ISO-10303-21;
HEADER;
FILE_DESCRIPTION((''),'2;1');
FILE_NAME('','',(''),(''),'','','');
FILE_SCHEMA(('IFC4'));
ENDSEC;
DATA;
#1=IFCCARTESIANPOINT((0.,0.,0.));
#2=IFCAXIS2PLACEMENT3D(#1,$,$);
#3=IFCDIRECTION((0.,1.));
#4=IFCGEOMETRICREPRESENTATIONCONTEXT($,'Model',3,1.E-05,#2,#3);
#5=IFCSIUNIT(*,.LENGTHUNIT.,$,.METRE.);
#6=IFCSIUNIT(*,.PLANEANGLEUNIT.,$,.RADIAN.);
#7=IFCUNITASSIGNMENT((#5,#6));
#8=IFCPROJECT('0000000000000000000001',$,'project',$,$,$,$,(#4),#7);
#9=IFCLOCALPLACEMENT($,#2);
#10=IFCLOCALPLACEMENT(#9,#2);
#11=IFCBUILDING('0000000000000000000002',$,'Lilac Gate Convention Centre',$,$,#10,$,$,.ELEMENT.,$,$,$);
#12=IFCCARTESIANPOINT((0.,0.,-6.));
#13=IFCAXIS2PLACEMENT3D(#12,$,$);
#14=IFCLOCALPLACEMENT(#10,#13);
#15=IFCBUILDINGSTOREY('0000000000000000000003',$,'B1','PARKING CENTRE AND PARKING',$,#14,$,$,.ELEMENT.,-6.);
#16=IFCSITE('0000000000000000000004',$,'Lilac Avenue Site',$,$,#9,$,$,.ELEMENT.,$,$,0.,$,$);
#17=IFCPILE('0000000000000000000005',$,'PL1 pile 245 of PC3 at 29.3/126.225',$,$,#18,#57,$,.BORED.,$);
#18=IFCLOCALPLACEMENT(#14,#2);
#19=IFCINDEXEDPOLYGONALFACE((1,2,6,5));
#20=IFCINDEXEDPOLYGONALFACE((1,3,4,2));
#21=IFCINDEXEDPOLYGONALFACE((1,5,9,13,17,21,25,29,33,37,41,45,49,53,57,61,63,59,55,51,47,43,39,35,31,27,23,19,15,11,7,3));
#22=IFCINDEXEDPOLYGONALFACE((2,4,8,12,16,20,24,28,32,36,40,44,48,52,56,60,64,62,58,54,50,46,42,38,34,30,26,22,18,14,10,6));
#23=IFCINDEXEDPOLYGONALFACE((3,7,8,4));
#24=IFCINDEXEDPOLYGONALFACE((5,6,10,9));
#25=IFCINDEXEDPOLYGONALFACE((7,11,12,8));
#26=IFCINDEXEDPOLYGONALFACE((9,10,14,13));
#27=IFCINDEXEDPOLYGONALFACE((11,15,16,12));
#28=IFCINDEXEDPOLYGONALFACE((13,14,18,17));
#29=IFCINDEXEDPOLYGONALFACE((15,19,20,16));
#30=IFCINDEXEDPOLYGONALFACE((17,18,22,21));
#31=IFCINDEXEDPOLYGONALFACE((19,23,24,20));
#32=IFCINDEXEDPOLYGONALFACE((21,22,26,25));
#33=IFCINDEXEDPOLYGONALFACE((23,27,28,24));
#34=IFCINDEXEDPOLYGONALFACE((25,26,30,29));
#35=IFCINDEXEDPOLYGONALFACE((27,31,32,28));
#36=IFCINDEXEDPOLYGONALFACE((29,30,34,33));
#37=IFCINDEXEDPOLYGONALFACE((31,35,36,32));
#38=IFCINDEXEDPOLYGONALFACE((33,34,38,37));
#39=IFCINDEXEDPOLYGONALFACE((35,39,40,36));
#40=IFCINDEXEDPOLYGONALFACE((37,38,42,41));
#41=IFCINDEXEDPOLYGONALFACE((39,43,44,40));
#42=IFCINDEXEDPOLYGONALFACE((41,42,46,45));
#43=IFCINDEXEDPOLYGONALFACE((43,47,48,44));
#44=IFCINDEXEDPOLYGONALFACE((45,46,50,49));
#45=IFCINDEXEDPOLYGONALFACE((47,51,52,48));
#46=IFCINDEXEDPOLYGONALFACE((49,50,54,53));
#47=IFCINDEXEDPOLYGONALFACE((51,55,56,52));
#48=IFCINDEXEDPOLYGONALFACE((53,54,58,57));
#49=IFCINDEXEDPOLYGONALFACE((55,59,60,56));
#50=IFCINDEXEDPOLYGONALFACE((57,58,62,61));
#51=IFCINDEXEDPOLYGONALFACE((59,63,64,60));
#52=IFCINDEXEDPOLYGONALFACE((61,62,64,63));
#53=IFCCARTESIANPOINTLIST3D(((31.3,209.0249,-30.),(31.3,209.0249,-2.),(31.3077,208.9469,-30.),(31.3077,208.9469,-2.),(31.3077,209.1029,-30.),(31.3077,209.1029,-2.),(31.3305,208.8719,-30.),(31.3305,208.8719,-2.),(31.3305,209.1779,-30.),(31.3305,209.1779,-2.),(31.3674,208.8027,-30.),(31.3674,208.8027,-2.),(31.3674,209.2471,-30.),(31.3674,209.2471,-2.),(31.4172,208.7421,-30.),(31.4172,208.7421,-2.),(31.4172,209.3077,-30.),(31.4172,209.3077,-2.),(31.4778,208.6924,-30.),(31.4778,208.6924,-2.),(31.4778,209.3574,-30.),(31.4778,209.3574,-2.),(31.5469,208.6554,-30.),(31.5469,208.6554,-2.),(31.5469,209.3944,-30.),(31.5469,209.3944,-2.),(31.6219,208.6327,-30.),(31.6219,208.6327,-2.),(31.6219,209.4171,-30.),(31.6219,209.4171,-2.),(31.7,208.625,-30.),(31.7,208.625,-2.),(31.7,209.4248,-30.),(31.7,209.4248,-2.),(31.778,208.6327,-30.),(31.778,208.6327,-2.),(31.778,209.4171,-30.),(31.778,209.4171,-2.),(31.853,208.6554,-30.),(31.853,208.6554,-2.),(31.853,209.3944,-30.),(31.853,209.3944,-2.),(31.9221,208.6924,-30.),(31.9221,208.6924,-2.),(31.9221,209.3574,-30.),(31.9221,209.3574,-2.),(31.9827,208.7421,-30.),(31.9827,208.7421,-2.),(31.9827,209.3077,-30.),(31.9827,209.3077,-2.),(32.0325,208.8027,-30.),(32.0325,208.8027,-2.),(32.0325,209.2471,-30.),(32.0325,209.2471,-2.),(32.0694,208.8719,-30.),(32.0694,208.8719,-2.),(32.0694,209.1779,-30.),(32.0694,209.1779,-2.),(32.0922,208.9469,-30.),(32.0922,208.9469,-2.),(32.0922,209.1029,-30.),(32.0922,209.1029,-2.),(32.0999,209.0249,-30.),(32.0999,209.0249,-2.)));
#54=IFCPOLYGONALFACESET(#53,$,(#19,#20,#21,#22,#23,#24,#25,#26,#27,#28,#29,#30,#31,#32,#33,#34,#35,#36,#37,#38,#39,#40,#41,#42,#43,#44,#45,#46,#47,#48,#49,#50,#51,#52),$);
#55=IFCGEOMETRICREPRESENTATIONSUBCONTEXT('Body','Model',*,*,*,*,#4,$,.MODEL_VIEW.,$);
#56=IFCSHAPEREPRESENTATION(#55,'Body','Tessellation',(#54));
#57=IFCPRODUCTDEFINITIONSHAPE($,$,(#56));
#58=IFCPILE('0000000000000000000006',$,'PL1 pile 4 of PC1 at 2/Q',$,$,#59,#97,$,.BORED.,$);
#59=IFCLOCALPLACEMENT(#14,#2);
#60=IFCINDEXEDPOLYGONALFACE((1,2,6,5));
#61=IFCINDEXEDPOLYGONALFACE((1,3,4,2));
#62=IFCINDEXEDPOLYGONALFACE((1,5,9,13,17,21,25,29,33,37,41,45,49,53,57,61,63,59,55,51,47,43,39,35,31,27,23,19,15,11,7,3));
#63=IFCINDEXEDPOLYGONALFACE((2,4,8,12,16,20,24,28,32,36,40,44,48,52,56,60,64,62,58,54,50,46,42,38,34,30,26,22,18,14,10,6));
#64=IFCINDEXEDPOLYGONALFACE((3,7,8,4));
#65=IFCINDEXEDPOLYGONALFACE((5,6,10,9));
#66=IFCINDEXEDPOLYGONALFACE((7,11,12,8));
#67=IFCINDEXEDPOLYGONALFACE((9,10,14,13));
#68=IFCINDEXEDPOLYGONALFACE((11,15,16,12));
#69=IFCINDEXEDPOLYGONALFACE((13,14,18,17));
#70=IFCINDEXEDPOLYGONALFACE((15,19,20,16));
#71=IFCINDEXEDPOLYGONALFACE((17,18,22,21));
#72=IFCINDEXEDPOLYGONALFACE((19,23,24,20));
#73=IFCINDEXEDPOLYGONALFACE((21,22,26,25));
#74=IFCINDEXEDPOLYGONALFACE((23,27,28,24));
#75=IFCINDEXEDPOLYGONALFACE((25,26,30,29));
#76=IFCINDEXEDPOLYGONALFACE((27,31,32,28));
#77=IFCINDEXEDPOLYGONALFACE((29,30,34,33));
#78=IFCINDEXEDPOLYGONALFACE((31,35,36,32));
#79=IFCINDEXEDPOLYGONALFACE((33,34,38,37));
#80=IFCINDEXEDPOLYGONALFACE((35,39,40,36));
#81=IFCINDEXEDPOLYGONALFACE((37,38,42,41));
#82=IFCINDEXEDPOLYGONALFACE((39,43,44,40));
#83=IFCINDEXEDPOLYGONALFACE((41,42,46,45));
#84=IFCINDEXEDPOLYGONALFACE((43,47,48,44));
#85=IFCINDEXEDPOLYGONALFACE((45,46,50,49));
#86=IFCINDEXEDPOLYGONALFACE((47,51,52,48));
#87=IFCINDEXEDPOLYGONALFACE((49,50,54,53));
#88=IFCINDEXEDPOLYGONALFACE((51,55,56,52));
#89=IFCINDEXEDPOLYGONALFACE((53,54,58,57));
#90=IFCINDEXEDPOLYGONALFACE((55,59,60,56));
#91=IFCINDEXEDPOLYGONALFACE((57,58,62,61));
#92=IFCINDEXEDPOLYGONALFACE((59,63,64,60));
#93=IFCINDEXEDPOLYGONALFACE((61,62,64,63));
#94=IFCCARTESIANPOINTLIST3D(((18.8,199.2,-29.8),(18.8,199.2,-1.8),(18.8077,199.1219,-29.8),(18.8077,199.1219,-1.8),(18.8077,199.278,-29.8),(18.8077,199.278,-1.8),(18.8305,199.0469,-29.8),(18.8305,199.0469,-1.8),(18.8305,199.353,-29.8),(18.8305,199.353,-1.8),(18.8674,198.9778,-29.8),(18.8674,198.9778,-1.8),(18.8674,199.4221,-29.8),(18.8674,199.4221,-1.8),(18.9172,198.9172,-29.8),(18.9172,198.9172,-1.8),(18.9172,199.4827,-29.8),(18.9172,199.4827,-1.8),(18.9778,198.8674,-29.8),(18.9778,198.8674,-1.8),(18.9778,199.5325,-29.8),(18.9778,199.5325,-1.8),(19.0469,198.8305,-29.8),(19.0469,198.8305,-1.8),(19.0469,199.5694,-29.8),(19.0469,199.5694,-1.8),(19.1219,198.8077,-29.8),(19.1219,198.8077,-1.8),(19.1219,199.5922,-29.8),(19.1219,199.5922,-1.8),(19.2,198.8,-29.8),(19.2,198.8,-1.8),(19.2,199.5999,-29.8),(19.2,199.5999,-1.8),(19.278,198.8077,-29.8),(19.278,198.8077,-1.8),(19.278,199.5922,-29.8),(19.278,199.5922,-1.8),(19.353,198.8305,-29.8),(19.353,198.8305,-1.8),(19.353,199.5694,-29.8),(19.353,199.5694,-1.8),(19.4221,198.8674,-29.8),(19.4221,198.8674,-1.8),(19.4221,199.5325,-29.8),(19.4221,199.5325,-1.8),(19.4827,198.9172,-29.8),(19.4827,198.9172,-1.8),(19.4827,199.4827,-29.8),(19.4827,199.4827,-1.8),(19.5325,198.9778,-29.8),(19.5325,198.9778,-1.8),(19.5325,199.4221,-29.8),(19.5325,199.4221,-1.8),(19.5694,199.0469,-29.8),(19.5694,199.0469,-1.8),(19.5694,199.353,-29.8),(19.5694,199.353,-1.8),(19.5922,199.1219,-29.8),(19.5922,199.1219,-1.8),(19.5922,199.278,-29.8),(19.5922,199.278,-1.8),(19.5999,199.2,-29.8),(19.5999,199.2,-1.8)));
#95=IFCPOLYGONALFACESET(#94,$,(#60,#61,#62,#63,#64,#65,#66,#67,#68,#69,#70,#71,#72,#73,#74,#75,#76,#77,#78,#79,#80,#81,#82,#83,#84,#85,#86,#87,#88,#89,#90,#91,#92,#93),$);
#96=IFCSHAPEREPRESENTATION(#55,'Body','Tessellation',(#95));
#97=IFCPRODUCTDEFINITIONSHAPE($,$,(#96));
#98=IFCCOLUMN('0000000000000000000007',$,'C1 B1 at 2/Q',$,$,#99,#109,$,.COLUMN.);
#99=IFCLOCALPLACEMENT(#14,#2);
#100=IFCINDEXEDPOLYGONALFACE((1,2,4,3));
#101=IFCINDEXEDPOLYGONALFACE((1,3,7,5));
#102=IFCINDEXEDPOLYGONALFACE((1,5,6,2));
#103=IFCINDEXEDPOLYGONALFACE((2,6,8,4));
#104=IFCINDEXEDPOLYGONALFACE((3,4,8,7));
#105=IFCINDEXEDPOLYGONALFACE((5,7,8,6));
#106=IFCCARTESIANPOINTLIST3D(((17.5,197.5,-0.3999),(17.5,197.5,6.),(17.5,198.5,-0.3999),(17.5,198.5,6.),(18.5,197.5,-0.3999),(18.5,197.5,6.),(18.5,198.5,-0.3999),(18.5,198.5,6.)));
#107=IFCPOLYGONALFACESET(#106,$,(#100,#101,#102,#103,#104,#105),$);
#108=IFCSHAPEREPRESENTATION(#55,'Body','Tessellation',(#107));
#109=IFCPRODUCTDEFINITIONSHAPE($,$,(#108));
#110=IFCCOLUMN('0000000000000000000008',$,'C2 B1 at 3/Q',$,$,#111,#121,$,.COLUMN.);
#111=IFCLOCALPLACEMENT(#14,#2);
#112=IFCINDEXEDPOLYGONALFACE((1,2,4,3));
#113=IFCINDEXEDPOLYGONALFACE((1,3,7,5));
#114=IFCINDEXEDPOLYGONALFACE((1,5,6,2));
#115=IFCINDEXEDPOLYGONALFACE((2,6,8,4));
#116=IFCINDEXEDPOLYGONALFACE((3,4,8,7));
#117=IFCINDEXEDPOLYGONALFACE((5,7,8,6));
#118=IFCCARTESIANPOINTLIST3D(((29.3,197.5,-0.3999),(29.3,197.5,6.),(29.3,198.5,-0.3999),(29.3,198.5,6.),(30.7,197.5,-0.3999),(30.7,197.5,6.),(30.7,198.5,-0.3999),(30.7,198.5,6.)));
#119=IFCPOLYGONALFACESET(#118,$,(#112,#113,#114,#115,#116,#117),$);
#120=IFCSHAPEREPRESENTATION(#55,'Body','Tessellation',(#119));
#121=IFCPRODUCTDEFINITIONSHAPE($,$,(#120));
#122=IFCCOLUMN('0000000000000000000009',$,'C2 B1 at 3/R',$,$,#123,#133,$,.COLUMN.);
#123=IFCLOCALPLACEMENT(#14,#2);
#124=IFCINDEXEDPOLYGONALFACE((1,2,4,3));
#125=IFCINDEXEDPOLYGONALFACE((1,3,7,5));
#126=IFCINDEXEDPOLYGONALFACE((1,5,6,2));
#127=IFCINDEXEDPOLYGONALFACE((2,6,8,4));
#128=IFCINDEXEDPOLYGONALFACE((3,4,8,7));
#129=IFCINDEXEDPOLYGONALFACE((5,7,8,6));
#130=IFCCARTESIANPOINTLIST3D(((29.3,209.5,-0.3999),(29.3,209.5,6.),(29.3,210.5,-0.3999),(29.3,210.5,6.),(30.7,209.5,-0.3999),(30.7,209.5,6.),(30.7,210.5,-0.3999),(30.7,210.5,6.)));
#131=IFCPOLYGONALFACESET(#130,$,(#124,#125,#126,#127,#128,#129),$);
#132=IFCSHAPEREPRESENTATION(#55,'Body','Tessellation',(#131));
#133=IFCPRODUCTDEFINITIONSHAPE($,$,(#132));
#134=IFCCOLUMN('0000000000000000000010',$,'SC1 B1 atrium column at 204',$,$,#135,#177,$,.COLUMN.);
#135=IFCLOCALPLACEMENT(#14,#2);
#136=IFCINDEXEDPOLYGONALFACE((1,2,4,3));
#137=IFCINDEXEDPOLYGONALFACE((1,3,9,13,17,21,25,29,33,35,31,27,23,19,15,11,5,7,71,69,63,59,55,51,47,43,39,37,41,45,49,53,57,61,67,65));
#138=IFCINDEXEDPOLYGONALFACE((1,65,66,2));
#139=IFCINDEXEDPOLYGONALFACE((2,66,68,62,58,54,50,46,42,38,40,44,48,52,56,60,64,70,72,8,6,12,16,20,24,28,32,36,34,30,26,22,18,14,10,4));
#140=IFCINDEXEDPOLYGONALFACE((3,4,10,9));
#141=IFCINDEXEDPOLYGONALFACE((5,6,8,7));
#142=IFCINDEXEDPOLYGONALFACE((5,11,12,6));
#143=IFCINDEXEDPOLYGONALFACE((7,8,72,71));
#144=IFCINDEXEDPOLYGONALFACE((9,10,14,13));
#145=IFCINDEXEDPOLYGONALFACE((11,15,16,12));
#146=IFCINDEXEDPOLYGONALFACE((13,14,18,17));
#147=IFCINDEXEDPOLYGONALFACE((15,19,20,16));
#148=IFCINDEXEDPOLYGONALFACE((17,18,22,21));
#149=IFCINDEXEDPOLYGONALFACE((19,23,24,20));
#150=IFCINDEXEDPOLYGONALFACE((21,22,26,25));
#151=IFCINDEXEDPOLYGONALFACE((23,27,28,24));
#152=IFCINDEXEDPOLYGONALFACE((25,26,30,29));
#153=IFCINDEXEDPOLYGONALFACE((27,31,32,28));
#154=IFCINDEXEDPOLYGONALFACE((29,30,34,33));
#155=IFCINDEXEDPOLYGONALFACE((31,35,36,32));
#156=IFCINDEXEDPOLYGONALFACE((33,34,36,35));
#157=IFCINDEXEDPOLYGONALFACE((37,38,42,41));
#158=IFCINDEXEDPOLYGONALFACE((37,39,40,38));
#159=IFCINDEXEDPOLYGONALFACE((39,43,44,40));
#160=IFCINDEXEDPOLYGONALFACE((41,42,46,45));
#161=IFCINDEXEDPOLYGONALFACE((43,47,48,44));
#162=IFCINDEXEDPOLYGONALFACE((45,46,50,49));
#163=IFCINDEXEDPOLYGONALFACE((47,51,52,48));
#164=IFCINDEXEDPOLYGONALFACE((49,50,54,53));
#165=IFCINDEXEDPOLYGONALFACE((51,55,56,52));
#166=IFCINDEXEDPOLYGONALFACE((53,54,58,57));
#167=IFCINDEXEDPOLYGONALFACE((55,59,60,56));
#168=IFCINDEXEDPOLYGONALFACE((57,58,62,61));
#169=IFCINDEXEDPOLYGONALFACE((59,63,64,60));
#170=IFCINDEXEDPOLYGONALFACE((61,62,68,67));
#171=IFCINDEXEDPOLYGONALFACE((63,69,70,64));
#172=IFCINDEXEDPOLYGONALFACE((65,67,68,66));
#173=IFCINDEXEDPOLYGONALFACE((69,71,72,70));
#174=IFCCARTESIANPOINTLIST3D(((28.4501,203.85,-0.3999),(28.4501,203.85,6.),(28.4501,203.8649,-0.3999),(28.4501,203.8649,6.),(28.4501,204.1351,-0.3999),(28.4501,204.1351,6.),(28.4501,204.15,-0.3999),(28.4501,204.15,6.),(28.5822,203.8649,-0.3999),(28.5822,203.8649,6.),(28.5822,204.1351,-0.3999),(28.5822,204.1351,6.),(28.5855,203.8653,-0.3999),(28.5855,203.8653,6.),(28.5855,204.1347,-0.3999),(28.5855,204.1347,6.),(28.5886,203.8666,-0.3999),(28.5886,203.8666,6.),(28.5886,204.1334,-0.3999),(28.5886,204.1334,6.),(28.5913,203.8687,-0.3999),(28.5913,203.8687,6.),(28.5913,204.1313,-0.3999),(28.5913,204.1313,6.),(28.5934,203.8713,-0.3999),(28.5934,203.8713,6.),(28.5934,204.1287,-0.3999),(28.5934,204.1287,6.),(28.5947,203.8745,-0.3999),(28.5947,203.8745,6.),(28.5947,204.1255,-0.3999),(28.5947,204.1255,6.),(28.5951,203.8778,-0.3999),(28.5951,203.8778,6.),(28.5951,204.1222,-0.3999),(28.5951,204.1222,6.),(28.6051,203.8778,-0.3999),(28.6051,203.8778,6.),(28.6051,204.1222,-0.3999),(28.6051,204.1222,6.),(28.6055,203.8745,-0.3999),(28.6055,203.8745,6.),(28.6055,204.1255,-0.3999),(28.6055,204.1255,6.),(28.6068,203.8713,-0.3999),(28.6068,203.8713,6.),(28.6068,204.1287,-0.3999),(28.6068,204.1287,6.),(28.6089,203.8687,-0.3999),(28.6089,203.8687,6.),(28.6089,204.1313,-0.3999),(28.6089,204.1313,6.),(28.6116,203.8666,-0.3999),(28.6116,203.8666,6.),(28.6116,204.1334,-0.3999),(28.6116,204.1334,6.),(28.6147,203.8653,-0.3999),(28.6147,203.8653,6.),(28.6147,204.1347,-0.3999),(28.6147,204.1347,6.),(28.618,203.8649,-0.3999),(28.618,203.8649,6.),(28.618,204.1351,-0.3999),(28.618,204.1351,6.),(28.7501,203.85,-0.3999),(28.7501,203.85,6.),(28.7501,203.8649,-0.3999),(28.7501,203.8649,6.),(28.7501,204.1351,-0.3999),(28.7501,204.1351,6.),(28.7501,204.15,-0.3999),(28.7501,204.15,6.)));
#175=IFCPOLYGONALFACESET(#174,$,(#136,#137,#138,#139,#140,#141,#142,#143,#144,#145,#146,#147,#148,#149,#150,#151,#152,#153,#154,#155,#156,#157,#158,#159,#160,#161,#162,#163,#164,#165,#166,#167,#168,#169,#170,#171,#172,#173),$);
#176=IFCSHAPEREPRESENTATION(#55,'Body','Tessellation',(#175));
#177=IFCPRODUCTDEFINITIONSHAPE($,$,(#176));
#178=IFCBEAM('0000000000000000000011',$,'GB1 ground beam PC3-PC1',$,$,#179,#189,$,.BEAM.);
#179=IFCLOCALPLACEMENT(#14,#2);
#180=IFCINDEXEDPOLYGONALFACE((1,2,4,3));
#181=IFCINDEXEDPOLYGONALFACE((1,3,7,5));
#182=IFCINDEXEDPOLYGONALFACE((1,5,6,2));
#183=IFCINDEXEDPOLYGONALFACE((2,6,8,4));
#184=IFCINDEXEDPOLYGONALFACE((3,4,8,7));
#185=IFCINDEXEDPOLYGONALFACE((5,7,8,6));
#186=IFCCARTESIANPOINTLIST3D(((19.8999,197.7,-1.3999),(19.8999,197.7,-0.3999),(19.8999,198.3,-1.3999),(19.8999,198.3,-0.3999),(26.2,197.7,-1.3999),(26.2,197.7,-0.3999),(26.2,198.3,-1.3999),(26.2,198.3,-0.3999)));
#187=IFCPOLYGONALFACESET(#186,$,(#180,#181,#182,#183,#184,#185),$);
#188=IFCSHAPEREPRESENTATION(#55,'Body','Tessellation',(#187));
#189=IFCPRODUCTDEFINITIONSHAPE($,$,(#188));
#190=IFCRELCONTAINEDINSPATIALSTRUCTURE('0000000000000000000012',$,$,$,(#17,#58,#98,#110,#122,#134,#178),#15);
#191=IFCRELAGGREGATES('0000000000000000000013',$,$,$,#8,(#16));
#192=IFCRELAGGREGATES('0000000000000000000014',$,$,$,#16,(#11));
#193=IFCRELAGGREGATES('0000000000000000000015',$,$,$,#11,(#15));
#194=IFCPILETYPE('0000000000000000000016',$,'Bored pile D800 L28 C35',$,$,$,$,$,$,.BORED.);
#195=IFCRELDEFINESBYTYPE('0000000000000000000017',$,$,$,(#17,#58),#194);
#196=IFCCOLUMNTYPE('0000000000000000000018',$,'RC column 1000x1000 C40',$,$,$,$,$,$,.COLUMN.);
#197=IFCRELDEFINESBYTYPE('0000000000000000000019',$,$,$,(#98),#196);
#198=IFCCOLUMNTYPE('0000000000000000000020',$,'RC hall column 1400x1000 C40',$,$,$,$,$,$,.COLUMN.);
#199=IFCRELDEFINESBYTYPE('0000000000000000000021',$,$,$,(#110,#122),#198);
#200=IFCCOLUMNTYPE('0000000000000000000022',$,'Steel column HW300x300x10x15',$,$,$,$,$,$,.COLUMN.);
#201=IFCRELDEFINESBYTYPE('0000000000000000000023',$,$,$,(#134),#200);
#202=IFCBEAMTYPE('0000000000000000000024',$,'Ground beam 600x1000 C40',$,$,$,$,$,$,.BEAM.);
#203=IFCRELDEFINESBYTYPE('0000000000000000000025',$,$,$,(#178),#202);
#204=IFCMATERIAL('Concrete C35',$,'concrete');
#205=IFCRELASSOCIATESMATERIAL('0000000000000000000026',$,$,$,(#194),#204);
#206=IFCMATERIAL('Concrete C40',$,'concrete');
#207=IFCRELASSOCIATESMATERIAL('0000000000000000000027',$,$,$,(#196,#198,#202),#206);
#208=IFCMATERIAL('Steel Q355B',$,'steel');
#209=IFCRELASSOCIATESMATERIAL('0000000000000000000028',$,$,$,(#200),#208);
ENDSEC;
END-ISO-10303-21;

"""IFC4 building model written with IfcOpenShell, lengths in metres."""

from ifc_helpers import new_model, si_unit, direction, frame, origin, origin_2d, place, context, subcontext, project, spatial, rectangle, circle, i_section, extrude, material, material_profile, profile_set, type_object, element, save


model = new_model("IFC4")

# Units and contexts
model_context = context("Model", 3, precision=1e-05, world=origin(), true_north=direction((0.0, 1.0)))
body_context = subcontext(model_context, "Body", "Model", "MODEL_VIEW")
ifc_project = project(units=[si_unit("LENGTHUNIT", "METRE"), si_unit("PLANEANGLEUNIT", "RADIAN")], contexts=[model_context])

# Site, building, storey
site_placement = place(None, origin())
site = spatial("IfcSite", under=ifc_project, at=site_placement, Name="Lilac Avenue Site", CompositionType="ELEMENT", RefElevation=0.0)
building_placement = place(site_placement, origin())
building = spatial("IfcBuilding", under=site, at=building_placement, Name="Lilac Gate Convention Centre", CompositionType="ELEMENT")
storey_placement = place(building_placement, frame((0.0, 0.0, -6.0)))
storey = spatial("IfcBuildingStorey", under=building, at=storey_placement, Name="B1", Description="PARKING CENTRE AND PARKING", CompositionType="ELEMENT", Elevation=-6.0)

# Piles
ifc_material_1 = material(Name="Concrete C35", Category="concrete")
ifc_material_profile_1 = material_profile(ifc_material_1, circle(Radius=0.3999, at=origin_2d()), Name="D800")
ifc_profile_set_1 = profile_set([ifc_material_profile_1], Name="Concrete C35")
pile_type = type_object("IfcPileType", Name="Bored pile D800 L28 C35", PredefinedType="BORED", material=ifc_profile_set_1)
for number, where, z_axis, x_axis, name in (
    (1, (31.7, 209.0249, -2.0), (0.0, 0.0, -1.0), (1.0, 0.0, 0.0), "PL1 pile 245 of PC3 at 29.3/126.225"),
    (2, (19.2, 199.2, -1.8), (0.0, 0.0, -1.0), (1.0, 0.0, 0.0), "PL1 pile 4 of PC1 at 2/Q"),
):
    element("IfcPile", number, at=place(storey_placement, frame(where, z_axis=z_axis, x_axis=x_axis)), inside=storey, type_object=pile_type, Name=name, PredefinedType="BORED", context=body_context, shape_type="SweptSolid", body=[
        extrude(circle(Radius=0.3999, at=origin_2d()), origin(), (0.0, 0.0, 1.0), 28.0),
    ])

# Columns
ifc_material_2 = material(Name="Concrete C40", Category="concrete")
ifc_material_profile_2 = material_profile(ifc_material_2, rectangle(XDim=1.0, YDim=1.0, at=origin_2d()), Name="RC 1000x1000")
ifc_profile_set_2 = profile_set([ifc_material_profile_2], Name="Concrete C40")
column_type_1 = type_object("IfcColumnType", Name="RC column 1000x1000 C40", PredefinedType="COLUMN", material=ifc_profile_set_2)
column_1_placement = place(storey_placement, frame((18.0, 198.0, -0.3999), z_axis=(0.0, 0.0, 1.0), x_axis=(1.0, 0.0, 0.0)))
element("IfcColumn", 3, at=column_1_placement, inside=storey, type_object=column_type_1, Name="C1 B1 at 2/Q", PredefinedType="COLUMN", context=body_context, shape_type="SweptSolid", body=[
    extrude(rectangle(XDim=1.0, YDim=1.0, at=origin_2d()), origin(), (0.0, 0.0, 1.0), 6.3999),
])
ifc_material_profile_3 = material_profile(ifc_material_2, rectangle(XDim=1.3999, YDim=1.0, at=origin_2d()), Name="RC 1400x1000")
ifc_profile_set_3 = profile_set([ifc_material_profile_3], Name="Concrete C40")
column_type_2 = type_object("IfcColumnType", Name="RC hall column 1400x1000 C40", PredefinedType="COLUMN", material=ifc_profile_set_3)
for number, where, z_axis, x_axis, name in (
    (4, (30.0, 198.0, -0.3999), (0.0, 0.0, 1.0), (1.0, 0.0, 0.0), "C2 B1 at 3/Q"),
    (5, (30.0, 210.0, -0.3999), (0.0, 0.0, 1.0), (1.0, 0.0, 0.0), "C2 B1 at 3/R"),
):
    element("IfcColumn", number, at=place(storey_placement, frame(where, z_axis=z_axis, x_axis=x_axis)), inside=storey, type_object=column_type_2, Name=name, PredefinedType="COLUMN", context=body_context, shape_type="SweptSolid", body=[
        extrude(rectangle(XDim=1.3999, YDim=1.0, at=origin_2d()), origin(), (0.0, 0.0, 1.0), 6.3999),
    ])
ifc_material_3 = material(Name="Steel Q355B", Category="steel")
ifc_material_profile_4 = material_profile(ifc_material_3, i_section(OverallWidth=0.3, OverallDepth=0.3, WebThickness=0.01, FlangeThickness=0.0149, FilletRadius=0.0129, at=origin_2d()), Name="HW300x300x10x15")
ifc_profile_set_4 = profile_set([ifc_material_profile_4], Name="Steel Q355B")
column_type_3 = type_object("IfcColumnType", Name="Steel column HW300x300x10x15", PredefinedType="COLUMN", material=ifc_profile_set_4)
column_2_placement = place(storey_placement, frame((28.6001, 204.0, -0.3999), z_axis=(0.0, 0.0, 1.0), x_axis=(1.0, 0.0, 0.0)))
element("IfcColumn", 6, at=column_2_placement, inside=storey, type_object=column_type_3, Name="SC1 B1 atrium column at 204", PredefinedType="COLUMN", context=body_context, shape_type="SweptSolid", body=[
    extrude(i_section(OverallWidth=0.3, OverallDepth=0.3, WebThickness=0.01, FlangeThickness=0.0149, FilletRadius=0.0129, at=origin_2d()), origin(), (0.0, 0.0, 1.0), 6.3999),
])

# Beam
ifc_material_profile_5 = material_profile(ifc_material_2, rectangle(XDim=0.6001, YDim=1.0, at=origin_2d()), Name="RC 600x1000")
ifc_profile_set_5 = profile_set([ifc_material_profile_5], Name="Concrete C40")
beam_type = type_object("IfcBeamType", Name="Ground beam 600x1000 C40", PredefinedType="BEAM", material=ifc_profile_set_5)
beam_placement = place(storey_placement, frame((19.8999, 198.0, -0.8999), z_axis=(1.0, 0.0, 0.0), x_axis=(0.0, 1.0, 0.0)))
element("IfcBeam", 7, at=beam_placement, inside=storey, type_object=beam_type, Name="GB1 ground beam PC3-PC1", PredefinedType="BEAM", context=body_context, shape_type="SweptSolid", body=[
    extrude(rectangle(XDim=0.6001, YDim=1.0, at=origin_2d()), origin(), (0.0, 0.0, 1.0), 6.3),
])

save(model, "model.ifc")
